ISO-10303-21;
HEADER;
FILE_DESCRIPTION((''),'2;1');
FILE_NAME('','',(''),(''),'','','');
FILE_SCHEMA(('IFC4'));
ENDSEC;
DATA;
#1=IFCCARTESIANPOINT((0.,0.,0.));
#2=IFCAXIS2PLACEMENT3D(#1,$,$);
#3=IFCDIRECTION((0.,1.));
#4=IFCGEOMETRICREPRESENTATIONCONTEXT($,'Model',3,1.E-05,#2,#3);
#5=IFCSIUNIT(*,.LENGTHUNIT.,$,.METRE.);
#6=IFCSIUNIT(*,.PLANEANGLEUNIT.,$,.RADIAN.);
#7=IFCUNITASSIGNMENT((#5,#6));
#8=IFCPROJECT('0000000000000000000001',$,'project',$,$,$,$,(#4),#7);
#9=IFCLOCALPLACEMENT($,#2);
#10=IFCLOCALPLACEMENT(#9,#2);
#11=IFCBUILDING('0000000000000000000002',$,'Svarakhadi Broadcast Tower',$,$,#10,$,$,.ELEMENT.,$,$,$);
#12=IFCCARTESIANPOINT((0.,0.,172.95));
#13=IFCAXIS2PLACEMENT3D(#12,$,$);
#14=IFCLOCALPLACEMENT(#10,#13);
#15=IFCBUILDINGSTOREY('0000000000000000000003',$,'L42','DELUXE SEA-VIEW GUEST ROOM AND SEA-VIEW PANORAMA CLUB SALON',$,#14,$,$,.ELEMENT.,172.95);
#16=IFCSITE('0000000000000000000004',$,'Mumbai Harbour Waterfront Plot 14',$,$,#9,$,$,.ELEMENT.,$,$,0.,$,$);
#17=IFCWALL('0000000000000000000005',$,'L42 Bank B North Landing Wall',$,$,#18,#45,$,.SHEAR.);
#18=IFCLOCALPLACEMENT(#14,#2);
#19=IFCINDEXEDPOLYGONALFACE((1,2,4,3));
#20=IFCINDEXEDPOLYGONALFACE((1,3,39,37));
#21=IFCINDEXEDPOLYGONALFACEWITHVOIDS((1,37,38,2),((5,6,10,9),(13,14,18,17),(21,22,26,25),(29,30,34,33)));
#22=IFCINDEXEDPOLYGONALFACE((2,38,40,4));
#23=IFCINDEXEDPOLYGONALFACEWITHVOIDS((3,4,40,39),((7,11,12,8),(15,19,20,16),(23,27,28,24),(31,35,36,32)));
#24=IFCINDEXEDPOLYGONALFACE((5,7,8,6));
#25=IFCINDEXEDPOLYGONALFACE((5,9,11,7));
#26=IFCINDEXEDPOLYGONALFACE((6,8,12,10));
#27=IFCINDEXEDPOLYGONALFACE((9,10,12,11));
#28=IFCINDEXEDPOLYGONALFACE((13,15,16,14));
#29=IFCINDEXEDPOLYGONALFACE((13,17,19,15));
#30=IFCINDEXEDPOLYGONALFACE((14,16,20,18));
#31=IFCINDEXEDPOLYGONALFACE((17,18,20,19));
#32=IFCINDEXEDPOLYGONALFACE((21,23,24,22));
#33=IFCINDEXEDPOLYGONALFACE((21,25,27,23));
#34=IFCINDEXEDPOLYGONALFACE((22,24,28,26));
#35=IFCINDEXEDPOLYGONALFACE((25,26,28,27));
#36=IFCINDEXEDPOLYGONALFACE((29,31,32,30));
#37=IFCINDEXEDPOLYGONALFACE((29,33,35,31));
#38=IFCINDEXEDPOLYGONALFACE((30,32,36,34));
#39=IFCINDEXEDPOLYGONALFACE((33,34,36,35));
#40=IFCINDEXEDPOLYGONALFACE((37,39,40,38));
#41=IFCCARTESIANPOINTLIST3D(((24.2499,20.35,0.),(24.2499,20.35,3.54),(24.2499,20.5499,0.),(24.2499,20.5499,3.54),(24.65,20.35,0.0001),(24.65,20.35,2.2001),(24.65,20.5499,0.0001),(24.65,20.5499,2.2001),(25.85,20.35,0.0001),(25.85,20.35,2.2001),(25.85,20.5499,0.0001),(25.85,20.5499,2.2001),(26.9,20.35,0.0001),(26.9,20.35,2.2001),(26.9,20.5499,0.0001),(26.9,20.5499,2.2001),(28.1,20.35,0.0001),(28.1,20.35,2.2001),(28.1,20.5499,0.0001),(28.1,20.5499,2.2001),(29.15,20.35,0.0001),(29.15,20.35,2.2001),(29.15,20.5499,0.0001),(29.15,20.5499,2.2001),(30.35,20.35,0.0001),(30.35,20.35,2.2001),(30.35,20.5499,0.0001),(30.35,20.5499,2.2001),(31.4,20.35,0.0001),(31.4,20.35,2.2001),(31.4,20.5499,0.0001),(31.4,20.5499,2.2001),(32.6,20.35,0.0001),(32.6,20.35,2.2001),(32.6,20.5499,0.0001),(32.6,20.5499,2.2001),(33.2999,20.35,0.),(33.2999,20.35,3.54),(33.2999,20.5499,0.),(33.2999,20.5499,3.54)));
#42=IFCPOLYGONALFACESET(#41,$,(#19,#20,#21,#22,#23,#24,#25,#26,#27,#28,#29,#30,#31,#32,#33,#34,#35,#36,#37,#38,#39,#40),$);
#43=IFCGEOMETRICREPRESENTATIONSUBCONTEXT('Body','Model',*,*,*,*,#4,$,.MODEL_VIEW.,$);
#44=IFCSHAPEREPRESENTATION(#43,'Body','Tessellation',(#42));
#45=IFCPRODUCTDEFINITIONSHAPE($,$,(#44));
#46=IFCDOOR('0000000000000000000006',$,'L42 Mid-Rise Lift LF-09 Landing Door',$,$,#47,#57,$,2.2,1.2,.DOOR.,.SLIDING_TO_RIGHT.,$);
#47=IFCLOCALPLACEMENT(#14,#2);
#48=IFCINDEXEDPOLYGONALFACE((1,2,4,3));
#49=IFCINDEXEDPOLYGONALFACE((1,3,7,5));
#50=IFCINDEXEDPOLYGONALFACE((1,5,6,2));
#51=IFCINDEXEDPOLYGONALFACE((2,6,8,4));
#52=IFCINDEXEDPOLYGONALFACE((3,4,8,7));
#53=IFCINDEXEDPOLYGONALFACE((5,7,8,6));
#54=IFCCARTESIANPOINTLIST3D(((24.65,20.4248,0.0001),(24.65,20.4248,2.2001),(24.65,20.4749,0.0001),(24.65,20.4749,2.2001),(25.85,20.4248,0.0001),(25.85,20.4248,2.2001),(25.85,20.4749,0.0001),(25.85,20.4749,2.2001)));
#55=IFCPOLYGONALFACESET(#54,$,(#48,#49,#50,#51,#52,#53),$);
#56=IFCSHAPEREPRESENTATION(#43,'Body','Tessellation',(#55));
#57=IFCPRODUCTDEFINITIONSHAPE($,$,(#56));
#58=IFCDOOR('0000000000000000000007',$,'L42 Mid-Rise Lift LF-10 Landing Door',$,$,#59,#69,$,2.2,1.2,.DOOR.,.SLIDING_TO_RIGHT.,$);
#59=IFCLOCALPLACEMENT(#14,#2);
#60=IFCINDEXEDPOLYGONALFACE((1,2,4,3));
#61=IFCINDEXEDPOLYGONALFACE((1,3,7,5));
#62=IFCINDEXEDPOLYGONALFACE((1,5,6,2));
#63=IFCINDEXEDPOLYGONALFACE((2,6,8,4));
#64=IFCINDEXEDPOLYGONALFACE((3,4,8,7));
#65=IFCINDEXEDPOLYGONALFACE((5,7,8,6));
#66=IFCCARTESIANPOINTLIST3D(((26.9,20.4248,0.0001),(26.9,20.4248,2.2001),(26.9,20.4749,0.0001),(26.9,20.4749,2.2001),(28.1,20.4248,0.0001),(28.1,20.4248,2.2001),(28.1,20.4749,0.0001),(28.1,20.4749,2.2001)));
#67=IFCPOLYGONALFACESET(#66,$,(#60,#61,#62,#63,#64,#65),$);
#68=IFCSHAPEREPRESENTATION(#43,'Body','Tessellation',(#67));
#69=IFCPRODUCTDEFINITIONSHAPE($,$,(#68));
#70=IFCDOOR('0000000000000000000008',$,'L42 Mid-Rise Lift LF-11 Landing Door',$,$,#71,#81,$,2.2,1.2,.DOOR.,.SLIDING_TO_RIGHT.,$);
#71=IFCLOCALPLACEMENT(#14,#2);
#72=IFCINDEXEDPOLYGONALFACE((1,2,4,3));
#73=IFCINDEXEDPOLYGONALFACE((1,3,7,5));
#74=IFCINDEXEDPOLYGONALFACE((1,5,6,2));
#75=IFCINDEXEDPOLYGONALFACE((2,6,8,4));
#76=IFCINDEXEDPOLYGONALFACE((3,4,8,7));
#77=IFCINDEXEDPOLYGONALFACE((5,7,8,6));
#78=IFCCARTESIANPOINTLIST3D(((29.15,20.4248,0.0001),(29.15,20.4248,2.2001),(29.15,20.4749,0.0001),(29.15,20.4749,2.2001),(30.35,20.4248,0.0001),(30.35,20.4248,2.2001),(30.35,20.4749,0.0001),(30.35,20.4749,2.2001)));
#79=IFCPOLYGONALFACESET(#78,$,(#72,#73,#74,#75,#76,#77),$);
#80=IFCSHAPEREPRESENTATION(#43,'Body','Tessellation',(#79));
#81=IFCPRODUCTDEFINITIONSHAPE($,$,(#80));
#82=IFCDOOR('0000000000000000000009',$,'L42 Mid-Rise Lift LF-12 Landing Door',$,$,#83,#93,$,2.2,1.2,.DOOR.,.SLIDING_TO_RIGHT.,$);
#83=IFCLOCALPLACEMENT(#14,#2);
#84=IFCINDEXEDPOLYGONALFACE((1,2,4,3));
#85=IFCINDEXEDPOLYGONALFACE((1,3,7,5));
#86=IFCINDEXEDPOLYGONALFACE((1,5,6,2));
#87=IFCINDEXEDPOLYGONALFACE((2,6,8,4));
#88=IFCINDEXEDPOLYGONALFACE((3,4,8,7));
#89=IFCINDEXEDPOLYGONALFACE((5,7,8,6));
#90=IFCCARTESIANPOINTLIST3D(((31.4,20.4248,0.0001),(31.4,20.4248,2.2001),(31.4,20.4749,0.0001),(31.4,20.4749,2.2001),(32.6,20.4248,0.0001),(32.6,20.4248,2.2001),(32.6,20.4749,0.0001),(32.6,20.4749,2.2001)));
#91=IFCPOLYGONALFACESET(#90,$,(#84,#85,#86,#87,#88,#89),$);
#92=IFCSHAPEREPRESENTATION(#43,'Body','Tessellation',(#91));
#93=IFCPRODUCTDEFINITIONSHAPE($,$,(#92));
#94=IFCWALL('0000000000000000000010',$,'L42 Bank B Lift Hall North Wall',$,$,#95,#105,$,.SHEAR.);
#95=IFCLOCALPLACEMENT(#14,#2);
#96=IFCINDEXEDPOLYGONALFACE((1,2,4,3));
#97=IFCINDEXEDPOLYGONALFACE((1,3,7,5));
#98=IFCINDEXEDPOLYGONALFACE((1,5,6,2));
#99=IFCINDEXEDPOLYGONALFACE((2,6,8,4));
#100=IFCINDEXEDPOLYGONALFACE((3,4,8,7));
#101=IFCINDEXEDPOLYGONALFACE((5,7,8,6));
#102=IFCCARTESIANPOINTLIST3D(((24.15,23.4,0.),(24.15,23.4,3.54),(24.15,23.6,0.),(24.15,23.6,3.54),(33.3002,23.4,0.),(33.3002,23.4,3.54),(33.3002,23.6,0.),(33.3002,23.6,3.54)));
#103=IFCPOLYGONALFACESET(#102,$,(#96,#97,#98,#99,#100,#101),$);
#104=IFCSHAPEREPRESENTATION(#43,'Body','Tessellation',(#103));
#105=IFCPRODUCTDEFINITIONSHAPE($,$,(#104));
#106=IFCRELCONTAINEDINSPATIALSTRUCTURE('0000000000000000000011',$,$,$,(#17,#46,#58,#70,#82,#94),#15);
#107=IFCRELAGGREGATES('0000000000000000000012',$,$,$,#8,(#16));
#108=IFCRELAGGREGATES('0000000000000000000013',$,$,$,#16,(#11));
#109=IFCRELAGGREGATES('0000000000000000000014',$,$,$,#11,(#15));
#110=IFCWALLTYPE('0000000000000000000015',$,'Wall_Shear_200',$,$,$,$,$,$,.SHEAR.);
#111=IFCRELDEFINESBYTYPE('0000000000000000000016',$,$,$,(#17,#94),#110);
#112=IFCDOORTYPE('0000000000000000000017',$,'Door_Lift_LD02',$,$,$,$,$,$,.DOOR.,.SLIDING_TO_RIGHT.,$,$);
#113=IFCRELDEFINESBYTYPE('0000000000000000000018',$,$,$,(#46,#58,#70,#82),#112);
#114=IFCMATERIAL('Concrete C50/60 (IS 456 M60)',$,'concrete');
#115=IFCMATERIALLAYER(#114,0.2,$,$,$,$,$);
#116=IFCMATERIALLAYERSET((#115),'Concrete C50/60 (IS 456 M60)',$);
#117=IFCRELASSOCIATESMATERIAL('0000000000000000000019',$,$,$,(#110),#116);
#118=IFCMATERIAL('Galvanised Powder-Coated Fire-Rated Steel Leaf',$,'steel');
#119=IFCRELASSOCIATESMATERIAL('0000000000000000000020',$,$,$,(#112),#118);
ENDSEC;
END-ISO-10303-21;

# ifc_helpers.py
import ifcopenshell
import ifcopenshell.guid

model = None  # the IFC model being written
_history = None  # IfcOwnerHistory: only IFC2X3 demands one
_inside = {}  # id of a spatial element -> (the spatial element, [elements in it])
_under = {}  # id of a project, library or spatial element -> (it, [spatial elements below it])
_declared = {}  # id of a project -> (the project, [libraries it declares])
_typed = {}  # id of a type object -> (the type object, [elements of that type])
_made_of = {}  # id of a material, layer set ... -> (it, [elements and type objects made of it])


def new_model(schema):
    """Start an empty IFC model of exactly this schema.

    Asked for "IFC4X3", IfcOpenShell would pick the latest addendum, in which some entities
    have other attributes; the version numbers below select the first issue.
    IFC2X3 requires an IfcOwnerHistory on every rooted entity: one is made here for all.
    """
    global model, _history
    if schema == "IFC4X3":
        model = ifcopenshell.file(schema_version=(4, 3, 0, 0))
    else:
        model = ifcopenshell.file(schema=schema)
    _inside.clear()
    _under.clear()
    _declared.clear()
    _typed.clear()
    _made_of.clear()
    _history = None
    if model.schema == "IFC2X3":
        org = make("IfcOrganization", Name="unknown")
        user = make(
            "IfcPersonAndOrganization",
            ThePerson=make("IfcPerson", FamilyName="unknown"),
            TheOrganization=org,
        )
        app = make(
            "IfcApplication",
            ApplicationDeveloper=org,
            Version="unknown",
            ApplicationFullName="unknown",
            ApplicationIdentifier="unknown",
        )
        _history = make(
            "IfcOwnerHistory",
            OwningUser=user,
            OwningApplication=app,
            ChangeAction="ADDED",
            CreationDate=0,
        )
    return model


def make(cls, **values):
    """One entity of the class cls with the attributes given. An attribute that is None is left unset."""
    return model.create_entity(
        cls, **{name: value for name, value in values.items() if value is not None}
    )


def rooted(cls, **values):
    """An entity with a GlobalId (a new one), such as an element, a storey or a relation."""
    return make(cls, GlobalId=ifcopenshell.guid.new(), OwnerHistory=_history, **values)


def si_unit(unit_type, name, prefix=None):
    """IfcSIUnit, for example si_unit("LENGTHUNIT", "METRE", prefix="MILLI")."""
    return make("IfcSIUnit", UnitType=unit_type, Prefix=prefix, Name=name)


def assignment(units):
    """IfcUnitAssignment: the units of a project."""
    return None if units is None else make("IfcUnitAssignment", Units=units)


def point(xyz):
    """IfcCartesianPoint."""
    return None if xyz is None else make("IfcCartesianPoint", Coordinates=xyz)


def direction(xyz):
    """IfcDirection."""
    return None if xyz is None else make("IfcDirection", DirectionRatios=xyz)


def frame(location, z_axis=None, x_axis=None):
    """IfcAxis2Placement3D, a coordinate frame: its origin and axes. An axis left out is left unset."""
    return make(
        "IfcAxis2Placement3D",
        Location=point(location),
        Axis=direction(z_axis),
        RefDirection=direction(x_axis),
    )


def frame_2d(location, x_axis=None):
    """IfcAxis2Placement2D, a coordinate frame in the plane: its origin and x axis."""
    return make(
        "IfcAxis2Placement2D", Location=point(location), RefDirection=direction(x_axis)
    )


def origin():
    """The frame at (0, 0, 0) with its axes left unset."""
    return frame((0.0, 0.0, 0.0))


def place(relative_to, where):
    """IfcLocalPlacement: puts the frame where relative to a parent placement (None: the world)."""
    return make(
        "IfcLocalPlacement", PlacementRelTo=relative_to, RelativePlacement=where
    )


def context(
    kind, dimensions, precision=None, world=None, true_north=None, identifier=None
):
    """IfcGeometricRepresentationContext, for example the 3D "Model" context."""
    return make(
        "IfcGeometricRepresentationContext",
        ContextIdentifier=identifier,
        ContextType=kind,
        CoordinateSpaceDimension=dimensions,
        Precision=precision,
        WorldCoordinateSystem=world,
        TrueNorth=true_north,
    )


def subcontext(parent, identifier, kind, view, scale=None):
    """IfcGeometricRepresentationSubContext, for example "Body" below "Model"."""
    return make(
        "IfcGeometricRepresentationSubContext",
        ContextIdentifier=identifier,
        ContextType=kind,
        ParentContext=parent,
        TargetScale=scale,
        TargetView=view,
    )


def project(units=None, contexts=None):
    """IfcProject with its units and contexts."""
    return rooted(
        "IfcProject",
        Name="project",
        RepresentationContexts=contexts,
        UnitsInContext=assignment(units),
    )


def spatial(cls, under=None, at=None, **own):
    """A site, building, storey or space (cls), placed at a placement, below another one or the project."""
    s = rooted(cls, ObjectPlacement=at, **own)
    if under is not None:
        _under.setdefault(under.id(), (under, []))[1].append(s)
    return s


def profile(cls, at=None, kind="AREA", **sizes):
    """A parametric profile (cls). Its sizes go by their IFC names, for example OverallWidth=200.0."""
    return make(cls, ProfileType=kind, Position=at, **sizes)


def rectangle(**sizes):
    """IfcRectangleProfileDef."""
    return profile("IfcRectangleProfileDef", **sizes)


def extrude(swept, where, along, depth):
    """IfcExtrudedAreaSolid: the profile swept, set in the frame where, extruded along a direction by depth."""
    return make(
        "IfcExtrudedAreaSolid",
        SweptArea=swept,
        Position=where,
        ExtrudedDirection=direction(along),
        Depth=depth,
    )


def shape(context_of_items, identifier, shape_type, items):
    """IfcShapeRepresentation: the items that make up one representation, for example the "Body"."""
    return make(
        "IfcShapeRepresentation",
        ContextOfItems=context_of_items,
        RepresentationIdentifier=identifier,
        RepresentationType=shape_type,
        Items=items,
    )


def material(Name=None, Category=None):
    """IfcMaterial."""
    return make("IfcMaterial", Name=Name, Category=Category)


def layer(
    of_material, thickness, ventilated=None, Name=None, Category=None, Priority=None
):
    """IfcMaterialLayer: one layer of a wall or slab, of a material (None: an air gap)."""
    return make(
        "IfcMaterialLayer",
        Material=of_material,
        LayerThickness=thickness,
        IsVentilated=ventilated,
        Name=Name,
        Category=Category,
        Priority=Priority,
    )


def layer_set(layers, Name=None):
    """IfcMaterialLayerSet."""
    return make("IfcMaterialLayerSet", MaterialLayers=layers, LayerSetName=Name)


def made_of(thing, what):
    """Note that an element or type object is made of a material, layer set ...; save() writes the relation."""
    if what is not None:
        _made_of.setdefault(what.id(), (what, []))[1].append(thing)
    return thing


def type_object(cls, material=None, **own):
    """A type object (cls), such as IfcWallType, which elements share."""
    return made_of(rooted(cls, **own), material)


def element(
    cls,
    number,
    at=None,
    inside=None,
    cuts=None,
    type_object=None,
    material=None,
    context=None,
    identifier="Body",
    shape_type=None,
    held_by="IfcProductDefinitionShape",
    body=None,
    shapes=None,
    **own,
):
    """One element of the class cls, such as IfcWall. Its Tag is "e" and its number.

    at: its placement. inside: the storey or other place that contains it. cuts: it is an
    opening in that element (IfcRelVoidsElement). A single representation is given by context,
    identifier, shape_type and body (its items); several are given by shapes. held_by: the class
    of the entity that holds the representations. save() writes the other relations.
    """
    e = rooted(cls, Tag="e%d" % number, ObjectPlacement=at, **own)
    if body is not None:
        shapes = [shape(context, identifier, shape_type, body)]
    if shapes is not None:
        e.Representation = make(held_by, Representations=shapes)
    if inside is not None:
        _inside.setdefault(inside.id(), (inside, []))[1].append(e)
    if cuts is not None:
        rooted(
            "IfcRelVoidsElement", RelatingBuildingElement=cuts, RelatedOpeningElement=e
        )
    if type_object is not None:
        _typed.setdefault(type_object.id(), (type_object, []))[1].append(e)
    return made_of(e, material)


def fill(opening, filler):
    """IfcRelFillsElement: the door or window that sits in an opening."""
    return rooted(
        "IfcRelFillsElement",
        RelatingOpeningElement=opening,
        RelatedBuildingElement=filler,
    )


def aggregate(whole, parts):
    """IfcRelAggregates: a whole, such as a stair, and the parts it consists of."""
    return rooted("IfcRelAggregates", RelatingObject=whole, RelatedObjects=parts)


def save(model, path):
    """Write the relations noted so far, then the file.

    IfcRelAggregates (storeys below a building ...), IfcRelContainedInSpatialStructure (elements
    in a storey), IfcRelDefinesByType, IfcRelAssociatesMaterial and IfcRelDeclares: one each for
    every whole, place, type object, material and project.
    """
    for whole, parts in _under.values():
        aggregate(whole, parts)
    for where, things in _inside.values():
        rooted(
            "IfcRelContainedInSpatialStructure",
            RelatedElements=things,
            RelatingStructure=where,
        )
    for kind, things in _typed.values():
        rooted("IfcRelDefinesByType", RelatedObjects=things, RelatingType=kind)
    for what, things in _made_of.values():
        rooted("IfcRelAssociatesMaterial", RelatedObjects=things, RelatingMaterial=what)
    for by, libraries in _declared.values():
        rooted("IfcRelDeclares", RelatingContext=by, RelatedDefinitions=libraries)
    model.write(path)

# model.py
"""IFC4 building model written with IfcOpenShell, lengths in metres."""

from ifc_helpers import new_model, si_unit, direction, frame, frame_2d, origin, place, context, subcontext, project, spatial, rectangle, extrude, material, layer, layer_set, type_object, element, fill, save


model = new_model("IFC4")

# Units and contexts
model_context = context("Model", 3, precision=1e-05, world=origin(), true_north=direction((0.0, 1.0)))
body_context = subcontext(model_context, "Body", "Model", "MODEL_VIEW")
ifc_project = project(units=[si_unit("LENGTHUNIT", "METRE"), si_unit("PLANEANGLEUNIT", "RADIAN")], contexts=[model_context])

# Site, building, storey
site_placement = place(None, origin())
site = spatial("IfcSite", under=ifc_project, at=site_placement, Name="Mumbai Harbour Waterfront Plot 14", CompositionType="ELEMENT", RefElevation=0.0)
building_placement = place(site_placement, origin())
building = spatial("IfcBuilding", under=site, at=building_placement, Name="Svarakhadi Broadcast Tower", CompositionType="ELEMENT")
storey_placement = place(building_placement, frame((0.0, 0.0, 172.95)))
storey = spatial("IfcBuildingStorey", under=building, at=storey_placement, Name="L42", Description="DELUXE SEA-VIEW GUEST ROOM AND SEA-VIEW PANORAMA CLUB SALON", CompositionType="ELEMENT", Elevation=172.95)

# Shared definitions
ifc_material_1 = material(Name="Concrete C50/60 (IS 456 M60)", Category="concrete")
ifc_layer_1 = layer(ifc_material_1, 0.2)
ifc_layer_set_1 = layer_set([ifc_layer_1], Name="Concrete C50/60 (IS 456 M60)")
wall_type_1 = type_object("IfcWallType", Name="Wall_Shear_200", PredefinedType="SHEAR", material=ifc_layer_set_1)

# Wall, openings, doors
wall_1_placement = place(storey_placement, frame((24.25, 20.45, 0.0), z_axis=(0.0, 0.0, 1.0), x_axis=(1.0, 0.0, 0.0)))
wall_1 = element("IfcWall", 1, at=wall_1_placement, inside=storey, type_object=wall_type_1, Name="L42 Bank B North Landing Wall", PredefinedType="SHEAR", context=body_context, shape_type="SweptSolid", body=[
    extrude(rectangle(XDim=9.05, YDim=0.2, at=frame_2d((4.5249, 0.0))), origin(), (0.0, 0.0, 1.0), 3.54),
])
opening_1_placement = place(wall_1_placement, frame((0.3999, 0.0, 0.0)))
opening_1 = element("IfcOpeningElement", 2, at=opening_1_placement, cuts=wall_1, PredefinedType="OPENING", context=body_context, shape_type="SweptSolid", body=[
    extrude(rectangle(XDim=1.2, YDim=2.2, at=frame_2d((0.6001, 1.1001))), frame((0.0, 0.1099, 0.0), z_axis=(0.0, -1.0, 0.0), x_axis=(1.0, 0.0, 0.0)), (0.0, 0.0, 1.0), 0.22),
])
opening_2_placement = place(wall_1_placement, frame((2.6499, 0.0, 0.0)))
opening_2 = element("IfcOpeningElement", 3, at=opening_2_placement, cuts=wall_1, PredefinedType="OPENING", context=body_context, shape_type="SweptSolid", body=[
    extrude(rectangle(XDim=1.2, YDim=2.2, at=frame_2d((0.6001, 1.1001))), frame((0.0, 0.1099, 0.0), z_axis=(0.0, -1.0, 0.0), x_axis=(1.0, 0.0, 0.0)), (0.0, 0.0, 1.0), 0.22),
])
opening_3_placement = place(wall_1_placement, frame((4.8999, 0.0, 0.0)))
opening_3 = element("IfcOpeningElement", 4, at=opening_3_placement, cuts=wall_1, PredefinedType="OPENING", context=body_context, shape_type="SweptSolid", body=[
    extrude(rectangle(XDim=1.2, YDim=2.2, at=frame_2d((0.6001, 1.1001))), frame((0.0, 0.1099, 0.0), z_axis=(0.0, -1.0, 0.0), x_axis=(1.0, 0.0, 0.0)), (0.0, 0.0, 1.0), 0.22),
])
opening_4_placement = place(wall_1_placement, frame((7.1499, 0.0, 0.0)))
opening_4 = element("IfcOpeningElement", 5, at=opening_4_placement, cuts=wall_1, PredefinedType="OPENING", context=body_context, shape_type="SweptSolid", body=[
    extrude(rectangle(XDim=1.2, YDim=2.2, at=frame_2d((0.6001, 1.1001))), frame((0.0, 0.1099, 0.0), z_axis=(0.0, -1.0, 0.0), x_axis=(1.0, 0.0, 0.0)), (0.0, 0.0, 1.0), 0.22),
])
ifc_material_2 = material(Name="Galvanised Powder-Coated Fire-Rated Steel Leaf", Category="steel")
door_type_1 = type_object("IfcDoorType", Name="Door_Lift_LD02", OperationType="SLIDING_TO_RIGHT", PredefinedType="DOOR", material=ifc_material_2)
door_1_placement = place(opening_1_placement, origin())
door_1 = element("IfcDoor", 6, at=door_1_placement, inside=storey, type_object=door_type_1, Name="L42 Mid-Rise Lift LF-09 Landing Door", OperationType="SLIDING_TO_RIGHT", OverallHeight=2.2, OverallWidth=1.2, PredefinedType="DOOR", context=body_context, shape_type="SweptSolid", body=[
    extrude(rectangle(XDim=1.2, YDim=2.2, at=frame_2d((0.6001, 1.1001))), frame((0.0, 0.0249, 0.0), z_axis=(0.0, -1.0, 0.0), x_axis=(1.0, 0.0, 0.0)), (0.0, 0.0, 1.0), 0.05),
])
fill(opening_1, door_1)
door_2_placement = place(opening_2_placement, origin())
door_2 = element("IfcDoor", 7, at=door_2_placement, inside=storey, type_object=door_type_1, Name="L42 Mid-Rise Lift LF-10 Landing Door", OperationType="SLIDING_TO_RIGHT", OverallHeight=2.2, OverallWidth=1.2, PredefinedType="DOOR", context=body_context, shape_type="SweptSolid", body=[
    extrude(rectangle(XDim=1.2, YDim=2.2, at=frame_2d((0.6001, 1.1001))), frame((0.0, 0.0249, 0.0), z_axis=(0.0, -1.0, 0.0), x_axis=(1.0, 0.0, 0.0)), (0.0, 0.0, 1.0), 0.05),
])
fill(opening_2, door_2)
door_3_placement = place(opening_3_placement, origin())
door_3 = element("IfcDoor", 8, at=door_3_placement, inside=storey, type_object=door_type_1, Name="L42 Mid-Rise Lift LF-11 Landing Door", OperationType="SLIDING_TO_RIGHT", OverallHeight=2.2, OverallWidth=1.2, PredefinedType="DOOR", context=body_context, shape_type="SweptSolid", body=[
    extrude(rectangle(XDim=1.2, YDim=2.2, at=frame_2d((0.6001, 1.1001))), frame((0.0, 0.0249, 0.0), z_axis=(0.0, -1.0, 0.0), x_axis=(1.0, 0.0, 0.0)), (0.0, 0.0, 1.0), 0.05),
])
fill(opening_3, door_3)
door_4_placement = place(opening_4_placement, origin())
door_4 = element("IfcDoor", 9, at=door_4_placement, inside=storey, type_object=door_type_1, Name="L42 Mid-Rise Lift LF-12 Landing Door", OperationType="SLIDING_TO_RIGHT", OverallHeight=2.2, OverallWidth=1.2, PredefinedType="DOOR", context=body_context, shape_type="SweptSolid", body=[
    extrude(rectangle(XDim=1.2, YDim=2.2, at=frame_2d((0.6001, 1.1001))), frame((0.0, 0.0249, 0.0), z_axis=(0.0, -1.0, 0.0), x_axis=(1.0, 0.0, 0.0)), (0.0, 0.0, 1.0), 0.05),
])
fill(opening_4, door_4)

# Wall
wall_2_placement = place(storey_placement, frame((24.1499, 23.5, 0.0), z_axis=(0.0, 0.0, 1.0), x_axis=(1.0, 0.0, 0.0)))
element("IfcWall", 10, at=wall_2_placement, inside=storey, type_object=wall_type_1, Name="L42 Bank B Lift Hall North Wall", PredefinedType="SHEAR", context=body_context, shape_type="SweptSolid", body=[
    extrude(rectangle(XDim=9.1501, YDim=0.2, at=frame_2d((4.5752, 0.0))), origin(), (0.0, 0.0, 1.0), 3.54),
])

save(model, "model.ifc")
